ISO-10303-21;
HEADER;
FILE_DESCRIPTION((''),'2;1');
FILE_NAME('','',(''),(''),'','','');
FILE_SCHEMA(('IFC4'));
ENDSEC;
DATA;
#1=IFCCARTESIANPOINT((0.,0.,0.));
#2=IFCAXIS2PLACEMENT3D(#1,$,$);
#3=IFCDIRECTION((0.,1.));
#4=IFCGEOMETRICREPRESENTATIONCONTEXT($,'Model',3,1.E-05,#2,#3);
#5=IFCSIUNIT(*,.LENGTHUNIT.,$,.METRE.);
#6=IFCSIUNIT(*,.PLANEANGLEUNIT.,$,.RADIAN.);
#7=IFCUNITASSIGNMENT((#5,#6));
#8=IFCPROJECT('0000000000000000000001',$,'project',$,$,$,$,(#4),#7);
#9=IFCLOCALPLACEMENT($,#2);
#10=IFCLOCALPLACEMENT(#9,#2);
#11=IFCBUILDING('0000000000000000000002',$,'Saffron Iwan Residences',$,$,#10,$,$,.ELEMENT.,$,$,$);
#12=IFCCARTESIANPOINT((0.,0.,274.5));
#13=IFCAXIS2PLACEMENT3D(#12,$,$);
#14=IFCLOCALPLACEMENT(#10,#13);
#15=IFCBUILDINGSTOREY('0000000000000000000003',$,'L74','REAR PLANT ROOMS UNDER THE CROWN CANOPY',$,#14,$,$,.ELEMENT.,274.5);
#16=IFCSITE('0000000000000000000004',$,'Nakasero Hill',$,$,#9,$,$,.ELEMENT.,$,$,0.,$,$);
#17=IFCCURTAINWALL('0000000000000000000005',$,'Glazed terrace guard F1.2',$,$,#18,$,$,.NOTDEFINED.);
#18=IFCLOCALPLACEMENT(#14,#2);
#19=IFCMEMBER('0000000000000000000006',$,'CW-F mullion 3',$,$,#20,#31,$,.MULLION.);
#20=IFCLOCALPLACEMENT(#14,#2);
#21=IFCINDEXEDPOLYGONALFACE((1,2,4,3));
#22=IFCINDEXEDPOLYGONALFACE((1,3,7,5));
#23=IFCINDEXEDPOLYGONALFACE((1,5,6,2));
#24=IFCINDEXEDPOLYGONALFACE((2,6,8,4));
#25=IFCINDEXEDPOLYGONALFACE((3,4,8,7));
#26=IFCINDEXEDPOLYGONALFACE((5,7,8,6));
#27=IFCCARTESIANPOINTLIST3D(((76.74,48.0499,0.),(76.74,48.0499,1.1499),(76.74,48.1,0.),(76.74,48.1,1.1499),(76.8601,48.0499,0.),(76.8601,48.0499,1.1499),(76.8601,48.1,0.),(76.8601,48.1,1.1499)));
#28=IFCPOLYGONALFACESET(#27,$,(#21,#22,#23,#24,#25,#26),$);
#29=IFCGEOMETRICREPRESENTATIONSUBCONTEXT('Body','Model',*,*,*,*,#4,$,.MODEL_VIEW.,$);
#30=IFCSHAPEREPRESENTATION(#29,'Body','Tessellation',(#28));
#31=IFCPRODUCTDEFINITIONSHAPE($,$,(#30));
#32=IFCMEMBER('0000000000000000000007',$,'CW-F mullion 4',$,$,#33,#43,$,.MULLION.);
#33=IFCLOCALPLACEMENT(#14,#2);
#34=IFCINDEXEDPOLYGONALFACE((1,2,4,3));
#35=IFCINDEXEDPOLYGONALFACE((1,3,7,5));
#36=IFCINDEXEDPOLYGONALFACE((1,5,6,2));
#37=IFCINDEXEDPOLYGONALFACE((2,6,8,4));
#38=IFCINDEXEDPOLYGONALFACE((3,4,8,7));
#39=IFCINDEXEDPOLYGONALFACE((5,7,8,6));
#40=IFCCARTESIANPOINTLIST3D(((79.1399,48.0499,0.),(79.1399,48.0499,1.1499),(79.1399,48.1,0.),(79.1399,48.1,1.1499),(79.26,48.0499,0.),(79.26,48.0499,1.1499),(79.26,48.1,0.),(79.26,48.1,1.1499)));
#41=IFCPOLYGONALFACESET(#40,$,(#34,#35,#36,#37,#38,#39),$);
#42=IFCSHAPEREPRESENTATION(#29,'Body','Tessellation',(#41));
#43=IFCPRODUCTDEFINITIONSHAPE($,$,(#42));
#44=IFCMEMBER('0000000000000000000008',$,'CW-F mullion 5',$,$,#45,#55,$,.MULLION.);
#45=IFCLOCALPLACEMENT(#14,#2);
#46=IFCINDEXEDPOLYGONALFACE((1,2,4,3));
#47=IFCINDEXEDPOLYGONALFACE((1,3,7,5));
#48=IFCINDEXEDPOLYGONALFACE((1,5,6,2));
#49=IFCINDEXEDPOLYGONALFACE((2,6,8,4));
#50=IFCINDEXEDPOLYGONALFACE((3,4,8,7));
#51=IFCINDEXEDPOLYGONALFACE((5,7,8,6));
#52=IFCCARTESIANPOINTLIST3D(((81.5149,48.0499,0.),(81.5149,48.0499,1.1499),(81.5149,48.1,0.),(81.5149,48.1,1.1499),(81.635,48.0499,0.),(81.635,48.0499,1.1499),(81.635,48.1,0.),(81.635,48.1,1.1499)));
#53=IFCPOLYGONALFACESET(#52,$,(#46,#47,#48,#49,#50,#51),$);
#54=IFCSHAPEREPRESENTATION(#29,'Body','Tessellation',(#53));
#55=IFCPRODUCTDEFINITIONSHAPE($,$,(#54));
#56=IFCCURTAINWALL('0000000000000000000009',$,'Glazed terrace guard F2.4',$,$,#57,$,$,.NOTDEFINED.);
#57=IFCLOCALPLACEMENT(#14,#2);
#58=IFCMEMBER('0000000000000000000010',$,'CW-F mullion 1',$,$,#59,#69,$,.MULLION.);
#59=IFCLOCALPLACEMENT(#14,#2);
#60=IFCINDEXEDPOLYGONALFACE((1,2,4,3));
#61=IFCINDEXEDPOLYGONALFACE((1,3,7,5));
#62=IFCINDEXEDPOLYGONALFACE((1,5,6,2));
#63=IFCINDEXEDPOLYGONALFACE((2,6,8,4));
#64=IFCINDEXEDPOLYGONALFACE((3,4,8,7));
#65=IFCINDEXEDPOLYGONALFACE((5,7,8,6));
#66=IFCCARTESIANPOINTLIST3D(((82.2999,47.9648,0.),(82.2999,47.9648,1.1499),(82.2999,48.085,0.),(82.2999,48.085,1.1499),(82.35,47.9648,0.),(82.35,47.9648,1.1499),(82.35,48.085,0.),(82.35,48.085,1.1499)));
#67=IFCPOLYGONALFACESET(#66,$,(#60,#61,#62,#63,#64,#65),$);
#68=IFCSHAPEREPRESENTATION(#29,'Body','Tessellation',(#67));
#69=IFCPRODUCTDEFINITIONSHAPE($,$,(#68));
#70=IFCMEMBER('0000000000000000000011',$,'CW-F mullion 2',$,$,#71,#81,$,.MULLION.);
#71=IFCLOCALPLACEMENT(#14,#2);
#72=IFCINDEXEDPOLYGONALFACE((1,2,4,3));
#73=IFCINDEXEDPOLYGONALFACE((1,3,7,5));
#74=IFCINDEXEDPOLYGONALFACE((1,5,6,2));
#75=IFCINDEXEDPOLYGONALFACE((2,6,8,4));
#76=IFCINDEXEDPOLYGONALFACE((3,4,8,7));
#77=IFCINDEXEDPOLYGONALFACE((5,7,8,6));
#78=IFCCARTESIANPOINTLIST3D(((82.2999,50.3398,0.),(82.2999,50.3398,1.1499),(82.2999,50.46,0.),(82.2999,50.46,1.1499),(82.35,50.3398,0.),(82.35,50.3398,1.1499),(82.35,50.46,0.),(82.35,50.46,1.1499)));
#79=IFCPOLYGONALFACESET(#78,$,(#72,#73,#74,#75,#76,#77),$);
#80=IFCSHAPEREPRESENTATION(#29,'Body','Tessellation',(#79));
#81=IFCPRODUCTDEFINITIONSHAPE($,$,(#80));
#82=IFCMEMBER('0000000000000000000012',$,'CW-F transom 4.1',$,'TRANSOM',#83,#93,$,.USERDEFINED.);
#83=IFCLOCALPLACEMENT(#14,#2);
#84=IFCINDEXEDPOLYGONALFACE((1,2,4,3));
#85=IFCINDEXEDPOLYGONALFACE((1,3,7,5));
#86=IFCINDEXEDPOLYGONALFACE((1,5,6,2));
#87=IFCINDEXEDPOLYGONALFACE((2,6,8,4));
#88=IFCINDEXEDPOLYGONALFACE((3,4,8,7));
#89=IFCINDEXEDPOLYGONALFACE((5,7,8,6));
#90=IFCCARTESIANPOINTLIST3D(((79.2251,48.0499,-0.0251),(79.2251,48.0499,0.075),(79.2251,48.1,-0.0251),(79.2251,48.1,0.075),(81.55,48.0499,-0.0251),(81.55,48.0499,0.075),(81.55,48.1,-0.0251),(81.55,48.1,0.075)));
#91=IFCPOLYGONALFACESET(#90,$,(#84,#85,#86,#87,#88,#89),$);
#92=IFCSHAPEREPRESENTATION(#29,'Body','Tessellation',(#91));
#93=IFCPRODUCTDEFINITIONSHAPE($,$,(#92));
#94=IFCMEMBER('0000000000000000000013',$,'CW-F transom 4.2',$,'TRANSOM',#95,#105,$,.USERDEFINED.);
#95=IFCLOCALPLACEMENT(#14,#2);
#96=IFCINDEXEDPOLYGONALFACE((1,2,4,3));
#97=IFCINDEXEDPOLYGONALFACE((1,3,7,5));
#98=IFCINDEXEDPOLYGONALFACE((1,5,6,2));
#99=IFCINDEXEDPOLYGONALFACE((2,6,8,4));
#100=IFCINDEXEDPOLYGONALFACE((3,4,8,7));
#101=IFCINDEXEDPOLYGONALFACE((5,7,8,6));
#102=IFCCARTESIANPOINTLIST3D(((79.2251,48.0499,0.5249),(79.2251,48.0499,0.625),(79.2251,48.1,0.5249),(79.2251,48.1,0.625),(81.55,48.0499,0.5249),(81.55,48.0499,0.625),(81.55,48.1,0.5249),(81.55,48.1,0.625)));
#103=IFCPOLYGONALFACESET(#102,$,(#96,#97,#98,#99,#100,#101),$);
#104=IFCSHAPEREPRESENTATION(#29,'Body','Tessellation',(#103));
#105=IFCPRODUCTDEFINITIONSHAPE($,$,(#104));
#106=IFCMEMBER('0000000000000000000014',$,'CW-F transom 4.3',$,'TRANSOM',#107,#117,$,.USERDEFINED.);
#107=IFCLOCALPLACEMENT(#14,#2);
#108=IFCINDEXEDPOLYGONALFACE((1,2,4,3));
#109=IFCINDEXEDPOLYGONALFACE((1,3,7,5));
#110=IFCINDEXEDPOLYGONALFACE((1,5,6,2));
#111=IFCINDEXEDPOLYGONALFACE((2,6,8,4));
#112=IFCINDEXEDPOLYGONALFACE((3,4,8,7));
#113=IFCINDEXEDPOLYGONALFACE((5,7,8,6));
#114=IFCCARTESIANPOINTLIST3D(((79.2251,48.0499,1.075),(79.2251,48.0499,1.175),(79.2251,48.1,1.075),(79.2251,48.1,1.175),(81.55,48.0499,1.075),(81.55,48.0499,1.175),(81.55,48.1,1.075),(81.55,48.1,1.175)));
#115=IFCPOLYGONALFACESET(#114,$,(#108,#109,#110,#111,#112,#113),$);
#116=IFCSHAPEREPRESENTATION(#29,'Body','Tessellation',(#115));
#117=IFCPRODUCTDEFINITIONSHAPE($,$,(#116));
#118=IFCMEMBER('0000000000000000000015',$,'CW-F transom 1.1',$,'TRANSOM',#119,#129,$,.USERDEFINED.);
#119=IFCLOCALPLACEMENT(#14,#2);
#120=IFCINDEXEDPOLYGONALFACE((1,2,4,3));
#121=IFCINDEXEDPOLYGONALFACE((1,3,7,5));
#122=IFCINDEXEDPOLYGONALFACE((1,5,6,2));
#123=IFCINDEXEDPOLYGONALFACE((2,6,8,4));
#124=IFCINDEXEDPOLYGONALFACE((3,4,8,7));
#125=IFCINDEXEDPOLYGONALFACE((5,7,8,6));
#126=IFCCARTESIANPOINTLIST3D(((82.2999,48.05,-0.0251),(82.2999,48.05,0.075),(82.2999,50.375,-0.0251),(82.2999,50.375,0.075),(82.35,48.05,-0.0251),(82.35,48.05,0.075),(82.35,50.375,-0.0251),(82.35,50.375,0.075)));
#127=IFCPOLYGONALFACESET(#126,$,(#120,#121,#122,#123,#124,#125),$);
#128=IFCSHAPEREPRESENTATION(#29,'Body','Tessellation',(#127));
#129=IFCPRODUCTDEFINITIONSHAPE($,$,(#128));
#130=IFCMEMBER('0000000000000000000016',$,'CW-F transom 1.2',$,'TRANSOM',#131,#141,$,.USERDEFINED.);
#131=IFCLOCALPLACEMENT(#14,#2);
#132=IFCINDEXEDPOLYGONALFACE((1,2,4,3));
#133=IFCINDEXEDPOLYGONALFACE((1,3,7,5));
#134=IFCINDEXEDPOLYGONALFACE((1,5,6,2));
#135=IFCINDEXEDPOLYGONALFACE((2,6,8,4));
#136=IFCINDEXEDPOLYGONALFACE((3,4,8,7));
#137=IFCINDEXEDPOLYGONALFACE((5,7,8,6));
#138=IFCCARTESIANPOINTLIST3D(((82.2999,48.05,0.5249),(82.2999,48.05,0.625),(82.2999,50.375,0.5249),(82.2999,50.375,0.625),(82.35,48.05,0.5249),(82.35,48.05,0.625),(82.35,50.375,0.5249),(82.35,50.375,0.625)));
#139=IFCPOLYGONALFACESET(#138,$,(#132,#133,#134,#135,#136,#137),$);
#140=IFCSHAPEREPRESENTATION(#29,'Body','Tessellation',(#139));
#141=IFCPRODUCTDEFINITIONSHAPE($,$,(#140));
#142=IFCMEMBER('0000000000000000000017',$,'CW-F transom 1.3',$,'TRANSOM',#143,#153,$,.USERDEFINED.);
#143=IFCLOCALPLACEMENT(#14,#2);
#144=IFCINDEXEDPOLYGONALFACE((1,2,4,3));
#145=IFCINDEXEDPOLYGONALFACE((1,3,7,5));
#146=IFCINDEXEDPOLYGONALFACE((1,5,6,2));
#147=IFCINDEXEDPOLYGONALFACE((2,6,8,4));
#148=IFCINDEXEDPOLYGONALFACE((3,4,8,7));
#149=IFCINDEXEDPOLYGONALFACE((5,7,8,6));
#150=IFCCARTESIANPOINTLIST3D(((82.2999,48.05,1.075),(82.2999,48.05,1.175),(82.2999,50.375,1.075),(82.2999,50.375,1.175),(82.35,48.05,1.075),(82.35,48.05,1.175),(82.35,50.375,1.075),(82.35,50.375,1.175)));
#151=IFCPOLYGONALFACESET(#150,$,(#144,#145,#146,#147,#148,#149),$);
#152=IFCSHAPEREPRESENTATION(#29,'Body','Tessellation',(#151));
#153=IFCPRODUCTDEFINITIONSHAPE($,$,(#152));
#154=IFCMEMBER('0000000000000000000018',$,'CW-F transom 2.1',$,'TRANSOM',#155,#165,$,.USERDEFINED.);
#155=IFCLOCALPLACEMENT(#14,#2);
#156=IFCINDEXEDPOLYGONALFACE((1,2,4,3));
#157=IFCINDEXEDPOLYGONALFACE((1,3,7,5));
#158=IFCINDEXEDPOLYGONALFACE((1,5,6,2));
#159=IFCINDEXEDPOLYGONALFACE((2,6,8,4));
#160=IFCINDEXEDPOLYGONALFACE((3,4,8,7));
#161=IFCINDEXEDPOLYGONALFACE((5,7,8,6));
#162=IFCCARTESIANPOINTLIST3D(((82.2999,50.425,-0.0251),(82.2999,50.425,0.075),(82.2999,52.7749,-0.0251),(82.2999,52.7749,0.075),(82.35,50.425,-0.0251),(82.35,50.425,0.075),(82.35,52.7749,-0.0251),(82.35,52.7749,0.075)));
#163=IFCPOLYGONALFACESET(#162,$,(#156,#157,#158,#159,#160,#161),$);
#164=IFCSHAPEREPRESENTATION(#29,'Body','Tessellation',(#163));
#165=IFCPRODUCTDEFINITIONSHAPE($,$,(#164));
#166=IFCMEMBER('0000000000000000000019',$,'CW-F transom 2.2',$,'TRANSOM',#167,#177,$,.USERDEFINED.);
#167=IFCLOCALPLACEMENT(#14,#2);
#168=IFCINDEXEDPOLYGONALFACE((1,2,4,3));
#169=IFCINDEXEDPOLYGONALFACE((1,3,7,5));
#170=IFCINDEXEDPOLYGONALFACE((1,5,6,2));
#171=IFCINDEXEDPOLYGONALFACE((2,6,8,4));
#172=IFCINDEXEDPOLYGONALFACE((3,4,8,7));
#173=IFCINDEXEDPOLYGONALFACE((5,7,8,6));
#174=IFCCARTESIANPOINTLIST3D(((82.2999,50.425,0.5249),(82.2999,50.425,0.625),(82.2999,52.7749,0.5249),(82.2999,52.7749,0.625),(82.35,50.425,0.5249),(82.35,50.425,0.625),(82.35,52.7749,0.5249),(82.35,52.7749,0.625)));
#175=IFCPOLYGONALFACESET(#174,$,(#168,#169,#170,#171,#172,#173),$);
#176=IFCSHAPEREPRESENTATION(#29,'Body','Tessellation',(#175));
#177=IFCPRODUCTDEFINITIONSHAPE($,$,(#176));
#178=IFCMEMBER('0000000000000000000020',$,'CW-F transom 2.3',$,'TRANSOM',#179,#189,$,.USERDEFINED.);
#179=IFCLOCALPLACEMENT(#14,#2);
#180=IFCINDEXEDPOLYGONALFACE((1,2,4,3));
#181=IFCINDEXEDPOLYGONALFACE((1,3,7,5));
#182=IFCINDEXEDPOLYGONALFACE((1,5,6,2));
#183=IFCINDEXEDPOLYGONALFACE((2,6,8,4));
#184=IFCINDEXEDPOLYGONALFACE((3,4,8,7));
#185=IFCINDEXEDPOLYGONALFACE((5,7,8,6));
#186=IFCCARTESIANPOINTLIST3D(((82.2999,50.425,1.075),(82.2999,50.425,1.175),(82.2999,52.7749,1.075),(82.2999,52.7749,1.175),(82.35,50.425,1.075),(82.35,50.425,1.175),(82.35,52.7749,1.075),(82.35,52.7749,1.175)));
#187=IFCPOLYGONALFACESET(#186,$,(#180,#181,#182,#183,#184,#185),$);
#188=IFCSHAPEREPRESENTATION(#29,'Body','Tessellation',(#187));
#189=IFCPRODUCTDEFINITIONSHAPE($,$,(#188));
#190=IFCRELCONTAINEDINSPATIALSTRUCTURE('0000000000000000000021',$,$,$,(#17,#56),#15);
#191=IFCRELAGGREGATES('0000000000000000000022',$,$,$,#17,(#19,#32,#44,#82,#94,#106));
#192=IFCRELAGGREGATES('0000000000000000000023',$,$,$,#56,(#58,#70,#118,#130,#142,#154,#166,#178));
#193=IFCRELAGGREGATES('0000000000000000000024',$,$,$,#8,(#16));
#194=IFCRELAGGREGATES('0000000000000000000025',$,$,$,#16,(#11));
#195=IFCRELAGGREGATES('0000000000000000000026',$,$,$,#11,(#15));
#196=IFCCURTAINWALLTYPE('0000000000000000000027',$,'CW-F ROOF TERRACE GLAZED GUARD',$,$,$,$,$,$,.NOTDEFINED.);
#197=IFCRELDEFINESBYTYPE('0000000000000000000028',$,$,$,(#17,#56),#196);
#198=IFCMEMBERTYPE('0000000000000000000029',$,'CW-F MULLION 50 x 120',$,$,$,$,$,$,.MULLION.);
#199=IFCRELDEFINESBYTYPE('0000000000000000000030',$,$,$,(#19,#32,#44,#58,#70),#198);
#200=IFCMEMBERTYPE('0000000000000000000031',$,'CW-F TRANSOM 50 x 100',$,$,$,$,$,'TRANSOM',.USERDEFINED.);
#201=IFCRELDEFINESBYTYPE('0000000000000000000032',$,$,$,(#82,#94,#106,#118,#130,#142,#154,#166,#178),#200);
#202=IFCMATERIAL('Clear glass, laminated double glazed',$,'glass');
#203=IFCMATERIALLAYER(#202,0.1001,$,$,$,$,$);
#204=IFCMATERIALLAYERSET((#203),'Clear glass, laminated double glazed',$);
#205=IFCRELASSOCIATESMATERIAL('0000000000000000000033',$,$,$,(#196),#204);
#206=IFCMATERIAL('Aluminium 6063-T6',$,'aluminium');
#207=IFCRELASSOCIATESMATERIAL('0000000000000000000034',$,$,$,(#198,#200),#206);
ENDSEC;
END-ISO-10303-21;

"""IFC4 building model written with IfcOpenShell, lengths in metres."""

from ifc_helpers import new_model, si_unit, direction, frame, origin, origin_2d, place, context, subcontext, project, spatial, rectangle, extrude, source, transform, mapped, material, layer, layer_set, material_profile, profile_set, type_object, element, aggregate, save


model = new_model("IFC4")

# Units and contexts
model_context = context("Model", 3, precision=1e-05, world=origin(), true_north=direction((0.0, 1.0)))
body_context = subcontext(model_context, "Body", "Model", "MODEL_VIEW")
ifc_project = project(units=[si_unit("LENGTHUNIT", "METRE"), si_unit("PLANEANGLEUNIT", "RADIAN")], contexts=[model_context])

# Site, building, storey
site_placement = place(None, origin())
site = spatial("IfcSite", under=ifc_project, at=site_placement, Name="Nakasero Hill", CompositionType="ELEMENT", RefElevation=0.0)
building_placement = place(site_placement, origin())
building = spatial("IfcBuilding", under=site, at=building_placement, Name="Saffron Iwan Residences", CompositionType="ELEMENT")
storey_placement = place(building_placement, frame((0.0, 0.0, 274.5)))
storey = spatial("IfcBuildingStorey", under=building, at=storey_placement, Name="L74", Description="REAR PLANT ROOMS UNDER THE CROWN CANOPY", CompositionType="ELEMENT", Elevation=274.5)

# Curtain walls, members
ifc_material_1 = material(Name="Clear glass, laminated double glazed", Category="glass")
ifc_layer_1 = layer(ifc_material_1, 0.1001)
ifc_layer_set_1 = layer_set([ifc_layer_1], Name="Clear glass, laminated double glazed")
curtain_wall_type = type_object("IfcCurtainWallType", Name="CW-F ROOF TERRACE GLAZED GUARD", PredefinedType="NOTDEFINED", material=ifc_layer_set_1)
curtain_wall_1_placement = place(storey_placement, origin())
curtain_wall_1 = element("IfcCurtainWall", 1, at=curtain_wall_1_placement, inside=storey, type_object=curtain_wall_type, Name="Glazed terrace guard F1.2", PredefinedType="NOTDEFINED")
ifc_material_2 = material(Name="Aluminium 6063-T6", Category="aluminium")
ifc_material_profile_1 = material_profile(ifc_material_2, rectangle(XDim=0.05, YDim=0.1201, at=origin_2d()), Name="CW-F MULLION 50 x 120")
ifc_profile_set_1 = profile_set([ifc_material_profile_1], Name="Aluminium 6063-T6")
member_type_1 = type_object("IfcMemberType", Name="CW-F MULLION 50 x 120", PredefinedType="MULLION", material=ifc_profile_set_1)
shared_shape_1 = source(origin(), body_context, "Body", "SweptSolid", [
    extrude(rectangle(XDim=0.05, YDim=0.1201, at=origin_2d()), origin(), (0.0, 0.0, 1.0), 1.1499),
])
member_1_placement = place(storey_placement, frame((76.8, 48.075, 0.0), z_axis=(0.0, 0.0, 1.0), x_axis=(0.0, 1.0, 0.0)))
member_1 = element("IfcMember", 2, at=member_1_placement, type_object=member_type_1, Name="CW-F mullion 3", PredefinedType="MULLION", context=body_context, shape_type="MappedRepresentation", body=[
    mapped(shared_shape_1, transform((0.0, 0.0, 0.0))),
])
member_2_placement = place(storey_placement, frame((79.2, 48.075, 0.0), z_axis=(0.0, 0.0, 1.0), x_axis=(0.0, 1.0, 0.0)))
member_2 = element("IfcMember", 3, at=member_2_placement, type_object=member_type_1, Name="CW-F mullion 4", PredefinedType="MULLION", context=body_context, shape_type="MappedRepresentation", body=[
    mapped(shared_shape_1, transform((0.0, 0.0, 0.0))),
])
member_3_placement = place(storey_placement, frame((81.575, 48.075, 0.0), z_axis=(0.0, 0.0, 1.0), x_axis=(0.0, 1.0, 0.0)))
member_3 = element("IfcMember", 4, at=member_3_placement, type_object=member_type_1, Name="CW-F mullion 5", PredefinedType="MULLION", context=body_context, shape_type="MappedRepresentation", body=[
    mapped(shared_shape_1, transform((0.0, 0.0, 0.0))),
])
curtain_wall_2_placement = place(storey_placement, origin())
curtain_wall_2 = element("IfcCurtainWall", 5, at=curtain_wall_2_placement, inside=storey, type_object=curtain_wall_type, Name="Glazed terrace guard F2.4", PredefinedType="NOTDEFINED")
member_4_placement = place(storey_placement, frame((82.325, 48.0249, 0.0), z_axis=(0.0, 0.0, 1.0), x_axis=(-1.0, 0.0, 0.0)))
member_4 = element("IfcMember", 6, at=member_4_placement, type_object=member_type_1, Name="CW-F mullion 1", PredefinedType="MULLION", context=body_context, shape_type="MappedRepresentation", body=[
    mapped(shared_shape_1, transform((0.0, 0.0, 0.0))),
])
member_5_placement = place(storey_placement, frame((82.325, 50.3999, 0.0), z_axis=(0.0, 0.0, 1.0), x_axis=(-1.0, 0.0, 0.0)))
member_5 = element("IfcMember", 7, at=member_5_placement, type_object=member_type_1, Name="CW-F mullion 2", PredefinedType="MULLION", context=body_context, shape_type="MappedRepresentation", body=[
    mapped(shared_shape_1, transform((0.0, 0.0, 0.0))),
])

# Members
ifc_material_profile_2 = material_profile(ifc_material_2, rectangle(XDim=0.05, YDim=0.1001, at=origin_2d()), Name="CW-F TRANSOM 50 x 100")
ifc_profile_set_2 = profile_set([ifc_material_profile_2], Name="Aluminium 6063-T6")
member_type_2 = type_object("IfcMemberType", Name="CW-F TRANSOM 50 x 100", ElementType="TRANSOM", PredefinedType="USERDEFINED", material=ifc_profile_set_2)
shared_shape_2 = source(origin(), body_context, "Body", "SweptSolid", [
    extrude(rectangle(XDim=0.05, YDim=0.1001, at=origin_2d()), origin(), (0.0, 0.0, 1.0), 2.325),
])
member_6_placement = place(storey_placement, frame((79.2251, 48.075, 0.0249), z_axis=(1.0, 0.0, 0.0), x_axis=(0.0, 1.0, 0.0)))
member_6 = element("IfcMember", 8, at=member_6_placement, type_object=member_type_2, Name="CW-F transom 4.1", ObjectType="TRANSOM", PredefinedType="USERDEFINED", context=body_context, shape_type="MappedRepresentation", body=[
    mapped(shared_shape_2, transform((0.0, 0.0, 0.0))),
])
member_7_placement = place(storey_placement, frame((79.2251, 48.075, 0.575), z_axis=(1.0, 0.0, 0.0), x_axis=(0.0, 1.0, 0.0)))
member_7 = element("IfcMember", 9, at=member_7_placement, type_object=member_type_2, Name="CW-F transom 4.2", ObjectType="TRANSOM", PredefinedType="USERDEFINED", context=body_context, shape_type="MappedRepresentation", body=[
    mapped(shared_shape_2, transform((0.0, 0.0, 0.0))),
])
member_8_placement = place(storey_placement, frame((79.2251, 48.075, 1.125), z_axis=(1.0, 0.0, 0.0), x_axis=(0.0, 1.0, 0.0)))
member_8 = element("IfcMember", 10, at=member_8_placement, type_object=member_type_2, Name="CW-F transom 4.3", ObjectType="TRANSOM", PredefinedType="USERDEFINED", context=body_context, shape_type="MappedRepresentation", body=[
    mapped(shared_shape_2, transform((0.0, 0.0, 0.0))),
])
member_9_placement = place(storey_placement, frame((82.325, 48.05, 0.0249), z_axis=(0.0, 1.0, 0.0), x_axis=(-1.0, 0.0, 0.0)))
member_9 = element("IfcMember", 11, at=member_9_placement, type_object=member_type_2, Name="CW-F transom 1.1", ObjectType="TRANSOM", PredefinedType="USERDEFINED", context=body_context, shape_type="MappedRepresentation", body=[
    mapped(shared_shape_2, transform((0.0, 0.0, 0.0))),
])
member_10_placement = place(storey_placement, frame((82.325, 48.05, 0.575), z_axis=(0.0, 1.0, 0.0), x_axis=(-1.0, 0.0, 0.0)))
member_10 = element("IfcMember", 12, at=member_10_placement, type_object=member_type_2, Name="CW-F transom 1.2", ObjectType="TRANSOM", PredefinedType="USERDEFINED", context=body_context, shape_type="MappedRepresentation", body=[
    mapped(shared_shape_2, transform((0.0, 0.0, 0.0))),
])
member_11_placement = place(storey_placement, frame((82.325, 48.05, 1.125), z_axis=(0.0, 1.0, 0.0), x_axis=(-1.0, 0.0, 0.0)))
member_11 = element("IfcMember", 13, at=member_11_placement, type_object=member_type_2, Name="CW-F transom 1.3", ObjectType="TRANSOM", PredefinedType="USERDEFINED", context=body_context, shape_type="MappedRepresentation", body=[
    mapped(shared_shape_2, transform((0.0, 0.0, 0.0))),
])
shared_shape_3 = source(origin(), body_context, "Body", "SweptSolid", [
    extrude(rectangle(XDim=0.05, YDim=0.1001, at=origin_2d()), origin(), (0.0, 0.0, 1.0), 2.3499),
])
member_12_placement = place(storey_placement, frame((82.325, 50.425, 0.0249), z_axis=(0.0, 1.0, 0.0), x_axis=(-1.0, 0.0, 0.0)))
member_12 = element("IfcMember", 14, at=member_12_placement, type_object=member_type_2, Name="CW-F transom 2.1", ObjectType="TRANSOM", PredefinedType="USERDEFINED", context=body_context, shape_type="MappedRepresentation", body=[
    mapped(shared_shape_3, transform((0.0, 0.0, 0.0))),
])
member_13_placement = place(storey_placement, frame((82.325, 50.425, 0.575), z_axis=(0.0, 1.0, 0.0), x_axis=(-1.0, 0.0, 0.0)))
member_13 = element("IfcMember", 15, at=member_13_placement, type_object=member_type_2, Name="CW-F transom 2.2", ObjectType="TRANSOM", PredefinedType="USERDEFINED", context=body_context, shape_type="MappedRepresentation", body=[
    mapped(shared_shape_3, transform((0.0, 0.0, 0.0))),
])
member_14_placement = place(storey_placement, frame((82.325, 50.425, 1.125), z_axis=(0.0, 1.0, 0.0), x_axis=(-1.0, 0.0, 0.0)))
member_14 = element("IfcMember", 16, at=member_14_placement, type_object=member_type_2, Name="CW-F transom 2.3", ObjectType="TRANSOM", PredefinedType="USERDEFINED", context=body_context, shape_type="MappedRepresentation", body=[
    mapped(shared_shape_3, transform((0.0, 0.0, 0.0))),
])

aggregate(curtain_wall_1, [member_1, member_2, member_3, member_6, member_7, member_8])
aggregate(curtain_wall_2, [member_4, member_5, member_9, member_10, member_11, member_12, member_13, member_14])

save(model, "model.ifc")
